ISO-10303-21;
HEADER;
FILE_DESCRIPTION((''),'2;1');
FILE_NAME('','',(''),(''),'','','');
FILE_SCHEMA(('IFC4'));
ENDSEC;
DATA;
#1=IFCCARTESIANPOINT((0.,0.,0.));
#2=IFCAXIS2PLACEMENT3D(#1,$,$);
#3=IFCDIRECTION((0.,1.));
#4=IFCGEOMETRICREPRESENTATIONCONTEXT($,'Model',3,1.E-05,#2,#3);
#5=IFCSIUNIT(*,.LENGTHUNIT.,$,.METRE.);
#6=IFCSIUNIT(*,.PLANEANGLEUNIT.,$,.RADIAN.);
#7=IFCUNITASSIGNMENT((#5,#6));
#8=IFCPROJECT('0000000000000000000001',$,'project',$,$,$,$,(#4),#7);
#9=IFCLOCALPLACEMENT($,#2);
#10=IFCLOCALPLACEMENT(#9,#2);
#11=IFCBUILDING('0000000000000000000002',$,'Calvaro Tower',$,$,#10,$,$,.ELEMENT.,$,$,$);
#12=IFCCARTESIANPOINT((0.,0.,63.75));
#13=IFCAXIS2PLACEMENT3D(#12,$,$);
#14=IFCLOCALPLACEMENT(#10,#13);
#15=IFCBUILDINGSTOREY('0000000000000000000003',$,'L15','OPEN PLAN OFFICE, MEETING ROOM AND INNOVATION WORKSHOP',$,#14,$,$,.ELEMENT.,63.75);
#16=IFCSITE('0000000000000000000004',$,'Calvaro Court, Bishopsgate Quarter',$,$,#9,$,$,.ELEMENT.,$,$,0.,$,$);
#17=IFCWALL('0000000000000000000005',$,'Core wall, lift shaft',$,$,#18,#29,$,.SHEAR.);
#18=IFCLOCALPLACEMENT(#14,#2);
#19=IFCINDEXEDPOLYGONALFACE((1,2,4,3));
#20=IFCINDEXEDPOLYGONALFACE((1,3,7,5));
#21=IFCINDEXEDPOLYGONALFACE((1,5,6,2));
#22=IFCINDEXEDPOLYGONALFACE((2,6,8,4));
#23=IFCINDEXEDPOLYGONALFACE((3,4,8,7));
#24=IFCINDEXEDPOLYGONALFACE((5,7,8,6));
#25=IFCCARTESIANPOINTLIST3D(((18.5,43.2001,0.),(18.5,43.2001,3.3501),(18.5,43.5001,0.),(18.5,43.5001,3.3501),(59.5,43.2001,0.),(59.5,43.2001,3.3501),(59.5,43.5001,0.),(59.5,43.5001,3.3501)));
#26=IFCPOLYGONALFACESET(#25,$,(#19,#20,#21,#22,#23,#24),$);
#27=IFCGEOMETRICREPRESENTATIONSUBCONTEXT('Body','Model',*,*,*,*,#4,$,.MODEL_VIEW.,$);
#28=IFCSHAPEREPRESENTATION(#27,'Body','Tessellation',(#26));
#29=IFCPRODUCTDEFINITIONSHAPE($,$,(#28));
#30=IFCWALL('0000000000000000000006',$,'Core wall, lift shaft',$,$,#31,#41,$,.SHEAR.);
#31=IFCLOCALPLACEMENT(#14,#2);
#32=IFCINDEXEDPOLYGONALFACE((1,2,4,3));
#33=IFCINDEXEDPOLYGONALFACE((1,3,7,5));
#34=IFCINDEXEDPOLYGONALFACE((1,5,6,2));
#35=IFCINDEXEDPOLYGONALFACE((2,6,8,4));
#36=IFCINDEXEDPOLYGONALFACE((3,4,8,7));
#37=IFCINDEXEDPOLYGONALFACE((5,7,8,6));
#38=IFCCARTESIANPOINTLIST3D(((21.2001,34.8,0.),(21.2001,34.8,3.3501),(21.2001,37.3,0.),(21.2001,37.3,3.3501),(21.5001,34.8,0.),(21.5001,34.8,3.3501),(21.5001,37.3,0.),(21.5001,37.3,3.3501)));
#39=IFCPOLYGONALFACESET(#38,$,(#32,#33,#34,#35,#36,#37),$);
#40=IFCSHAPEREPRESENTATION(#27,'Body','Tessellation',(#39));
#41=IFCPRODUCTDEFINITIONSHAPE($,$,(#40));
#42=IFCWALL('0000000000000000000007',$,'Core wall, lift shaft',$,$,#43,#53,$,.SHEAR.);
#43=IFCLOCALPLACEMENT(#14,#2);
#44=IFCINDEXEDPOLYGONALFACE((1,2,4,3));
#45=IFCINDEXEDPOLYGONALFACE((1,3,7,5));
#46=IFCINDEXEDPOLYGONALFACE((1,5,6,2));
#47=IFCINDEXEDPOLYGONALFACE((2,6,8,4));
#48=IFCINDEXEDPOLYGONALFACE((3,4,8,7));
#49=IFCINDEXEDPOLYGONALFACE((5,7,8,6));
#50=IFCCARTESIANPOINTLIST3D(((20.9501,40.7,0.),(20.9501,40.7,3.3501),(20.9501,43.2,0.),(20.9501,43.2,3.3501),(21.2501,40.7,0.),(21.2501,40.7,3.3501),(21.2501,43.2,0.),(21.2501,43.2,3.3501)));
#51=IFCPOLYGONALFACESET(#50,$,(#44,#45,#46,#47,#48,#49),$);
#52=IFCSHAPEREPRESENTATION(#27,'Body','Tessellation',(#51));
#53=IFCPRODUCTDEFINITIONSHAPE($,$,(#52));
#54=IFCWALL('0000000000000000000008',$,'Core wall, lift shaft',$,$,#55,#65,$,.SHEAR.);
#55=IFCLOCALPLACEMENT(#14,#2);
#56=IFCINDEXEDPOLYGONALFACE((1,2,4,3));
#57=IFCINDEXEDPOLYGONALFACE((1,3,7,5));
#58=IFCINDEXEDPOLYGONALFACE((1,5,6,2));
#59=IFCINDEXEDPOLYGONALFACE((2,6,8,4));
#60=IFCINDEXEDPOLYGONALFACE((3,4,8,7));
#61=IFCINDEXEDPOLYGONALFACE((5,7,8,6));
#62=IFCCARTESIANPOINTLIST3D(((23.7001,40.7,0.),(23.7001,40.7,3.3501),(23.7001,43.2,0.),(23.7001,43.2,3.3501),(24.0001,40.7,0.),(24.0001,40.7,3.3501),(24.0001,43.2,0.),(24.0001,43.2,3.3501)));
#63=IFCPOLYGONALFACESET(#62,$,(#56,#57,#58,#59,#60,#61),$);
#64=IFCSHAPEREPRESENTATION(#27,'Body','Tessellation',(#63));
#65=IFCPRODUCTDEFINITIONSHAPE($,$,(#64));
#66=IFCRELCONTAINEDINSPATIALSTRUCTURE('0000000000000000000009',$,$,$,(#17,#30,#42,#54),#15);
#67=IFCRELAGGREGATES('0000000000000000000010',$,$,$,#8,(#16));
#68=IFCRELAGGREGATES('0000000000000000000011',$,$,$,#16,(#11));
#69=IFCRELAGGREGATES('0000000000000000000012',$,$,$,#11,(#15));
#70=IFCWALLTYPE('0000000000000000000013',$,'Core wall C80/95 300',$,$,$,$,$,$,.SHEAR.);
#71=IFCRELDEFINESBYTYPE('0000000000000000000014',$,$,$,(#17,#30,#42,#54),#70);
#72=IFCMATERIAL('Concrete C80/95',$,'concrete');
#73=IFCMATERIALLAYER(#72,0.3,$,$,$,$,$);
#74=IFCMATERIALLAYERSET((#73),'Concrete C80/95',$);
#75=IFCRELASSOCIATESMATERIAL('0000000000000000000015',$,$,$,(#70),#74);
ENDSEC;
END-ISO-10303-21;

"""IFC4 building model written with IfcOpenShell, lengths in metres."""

from ifc_helpers import new_model, si_unit, direction, frame, frame_2d, origin, place, context, subcontext, project, spatial, rectangle, extrude, material, layer, layer_set, type_object, element, save


model = new_model("IFC4")

# Units and contexts
model_context = context("Model", 3, precision=1e-05, world=origin(), true_north=direction((0.0, 1.0)))
body_context = subcontext(model_context, "Body", "Model", "MODEL_VIEW")
ifc_project = project(units=[si_unit("LENGTHUNIT", "METRE"), si_unit("PLANEANGLEUNIT", "RADIAN")], contexts=[model_context])

# Site, building, storey
site_placement = place(None, origin())
site = spatial("IfcSite", under=ifc_project, at=site_placement, Name="Calvaro Court, Bishopsgate Quarter", CompositionType="ELEMENT", RefElevation=0.0)
building_placement = place(site_placement, origin())
building = spatial("IfcBuilding", under=site, at=building_placement, Name="Calvaro Tower", CompositionType="ELEMENT")
storey_placement = place(building_placement, frame((0.0, 0.0, 63.75)))
storey = spatial("IfcBuildingStorey", under=building, at=storey_placement, Name="L15", Description="OPEN PLAN OFFICE, MEETING ROOM AND INNOVATION WORKSHOP", CompositionType="ELEMENT", Elevation=63.75)

# Shared definitions
ifc_material_1 = material(Name="Concrete C80/95", Category="concrete")
ifc_layer_1 = layer(ifc_material_1, 0.3)
ifc_layer_set_1 = layer_set([ifc_layer_1], Name="Concrete C80/95")
wall_type_1 = type_object("IfcWallType", Name="Core wall C80/95 300", PredefinedType="SHEAR", material=ifc_layer_set_1)

# Walls
wall_1_placement = place(storey_placement, frame((18.5, 43.3501, 0.0), z_axis=(0.0, 0.0, 1.0), x_axis=(1.0, 0.0, 0.0)))
element("IfcWall", 1, at=wall_1_placement, inside=storey, type_object=wall_type_1, Name="Core wall, lift shaft", PredefinedType="SHEAR", context=body_context, shape_type="SweptSolid", body=[
    extrude(rectangle(XDim=41.0, YDim=0.3, at=frame_2d((20.5, 0.0))), origin(), (0.0, 0.0, 1.0), 3.3501),
])
for number, where, z_axis, x_axis, name in (
    (2, (21.3501, 34.8, 0.0), (0.0, 0.0, 1.0), (0.0, 1.0, 0.0), "Core wall, lift shaft"),
    (3, (21.1001, 40.7, 0.0), (0.0, 0.0, 1.0), (0.0, 1.0, 0.0), "Core wall, lift shaft"),
    (4, (23.8501, 40.7, 0.0), (0.0, 0.0, 1.0), (0.0, 1.0, 0.0), "Core wall, lift shaft"),
):
    element("IfcWall", number, at=place(storey_placement, frame(where, z_axis=z_axis, x_axis=x_axis)), inside=storey, type_object=wall_type_1, Name=name, PredefinedType="SHEAR", context=body_context, shape_type="SweptSolid", body=[
        extrude(rectangle(XDim=2.5, YDim=0.3, at=frame_2d((1.25, 0.0))), origin(), (0.0, 0.0, 1.0), 3.3501),
    ])

save(model, "model.ifc")
